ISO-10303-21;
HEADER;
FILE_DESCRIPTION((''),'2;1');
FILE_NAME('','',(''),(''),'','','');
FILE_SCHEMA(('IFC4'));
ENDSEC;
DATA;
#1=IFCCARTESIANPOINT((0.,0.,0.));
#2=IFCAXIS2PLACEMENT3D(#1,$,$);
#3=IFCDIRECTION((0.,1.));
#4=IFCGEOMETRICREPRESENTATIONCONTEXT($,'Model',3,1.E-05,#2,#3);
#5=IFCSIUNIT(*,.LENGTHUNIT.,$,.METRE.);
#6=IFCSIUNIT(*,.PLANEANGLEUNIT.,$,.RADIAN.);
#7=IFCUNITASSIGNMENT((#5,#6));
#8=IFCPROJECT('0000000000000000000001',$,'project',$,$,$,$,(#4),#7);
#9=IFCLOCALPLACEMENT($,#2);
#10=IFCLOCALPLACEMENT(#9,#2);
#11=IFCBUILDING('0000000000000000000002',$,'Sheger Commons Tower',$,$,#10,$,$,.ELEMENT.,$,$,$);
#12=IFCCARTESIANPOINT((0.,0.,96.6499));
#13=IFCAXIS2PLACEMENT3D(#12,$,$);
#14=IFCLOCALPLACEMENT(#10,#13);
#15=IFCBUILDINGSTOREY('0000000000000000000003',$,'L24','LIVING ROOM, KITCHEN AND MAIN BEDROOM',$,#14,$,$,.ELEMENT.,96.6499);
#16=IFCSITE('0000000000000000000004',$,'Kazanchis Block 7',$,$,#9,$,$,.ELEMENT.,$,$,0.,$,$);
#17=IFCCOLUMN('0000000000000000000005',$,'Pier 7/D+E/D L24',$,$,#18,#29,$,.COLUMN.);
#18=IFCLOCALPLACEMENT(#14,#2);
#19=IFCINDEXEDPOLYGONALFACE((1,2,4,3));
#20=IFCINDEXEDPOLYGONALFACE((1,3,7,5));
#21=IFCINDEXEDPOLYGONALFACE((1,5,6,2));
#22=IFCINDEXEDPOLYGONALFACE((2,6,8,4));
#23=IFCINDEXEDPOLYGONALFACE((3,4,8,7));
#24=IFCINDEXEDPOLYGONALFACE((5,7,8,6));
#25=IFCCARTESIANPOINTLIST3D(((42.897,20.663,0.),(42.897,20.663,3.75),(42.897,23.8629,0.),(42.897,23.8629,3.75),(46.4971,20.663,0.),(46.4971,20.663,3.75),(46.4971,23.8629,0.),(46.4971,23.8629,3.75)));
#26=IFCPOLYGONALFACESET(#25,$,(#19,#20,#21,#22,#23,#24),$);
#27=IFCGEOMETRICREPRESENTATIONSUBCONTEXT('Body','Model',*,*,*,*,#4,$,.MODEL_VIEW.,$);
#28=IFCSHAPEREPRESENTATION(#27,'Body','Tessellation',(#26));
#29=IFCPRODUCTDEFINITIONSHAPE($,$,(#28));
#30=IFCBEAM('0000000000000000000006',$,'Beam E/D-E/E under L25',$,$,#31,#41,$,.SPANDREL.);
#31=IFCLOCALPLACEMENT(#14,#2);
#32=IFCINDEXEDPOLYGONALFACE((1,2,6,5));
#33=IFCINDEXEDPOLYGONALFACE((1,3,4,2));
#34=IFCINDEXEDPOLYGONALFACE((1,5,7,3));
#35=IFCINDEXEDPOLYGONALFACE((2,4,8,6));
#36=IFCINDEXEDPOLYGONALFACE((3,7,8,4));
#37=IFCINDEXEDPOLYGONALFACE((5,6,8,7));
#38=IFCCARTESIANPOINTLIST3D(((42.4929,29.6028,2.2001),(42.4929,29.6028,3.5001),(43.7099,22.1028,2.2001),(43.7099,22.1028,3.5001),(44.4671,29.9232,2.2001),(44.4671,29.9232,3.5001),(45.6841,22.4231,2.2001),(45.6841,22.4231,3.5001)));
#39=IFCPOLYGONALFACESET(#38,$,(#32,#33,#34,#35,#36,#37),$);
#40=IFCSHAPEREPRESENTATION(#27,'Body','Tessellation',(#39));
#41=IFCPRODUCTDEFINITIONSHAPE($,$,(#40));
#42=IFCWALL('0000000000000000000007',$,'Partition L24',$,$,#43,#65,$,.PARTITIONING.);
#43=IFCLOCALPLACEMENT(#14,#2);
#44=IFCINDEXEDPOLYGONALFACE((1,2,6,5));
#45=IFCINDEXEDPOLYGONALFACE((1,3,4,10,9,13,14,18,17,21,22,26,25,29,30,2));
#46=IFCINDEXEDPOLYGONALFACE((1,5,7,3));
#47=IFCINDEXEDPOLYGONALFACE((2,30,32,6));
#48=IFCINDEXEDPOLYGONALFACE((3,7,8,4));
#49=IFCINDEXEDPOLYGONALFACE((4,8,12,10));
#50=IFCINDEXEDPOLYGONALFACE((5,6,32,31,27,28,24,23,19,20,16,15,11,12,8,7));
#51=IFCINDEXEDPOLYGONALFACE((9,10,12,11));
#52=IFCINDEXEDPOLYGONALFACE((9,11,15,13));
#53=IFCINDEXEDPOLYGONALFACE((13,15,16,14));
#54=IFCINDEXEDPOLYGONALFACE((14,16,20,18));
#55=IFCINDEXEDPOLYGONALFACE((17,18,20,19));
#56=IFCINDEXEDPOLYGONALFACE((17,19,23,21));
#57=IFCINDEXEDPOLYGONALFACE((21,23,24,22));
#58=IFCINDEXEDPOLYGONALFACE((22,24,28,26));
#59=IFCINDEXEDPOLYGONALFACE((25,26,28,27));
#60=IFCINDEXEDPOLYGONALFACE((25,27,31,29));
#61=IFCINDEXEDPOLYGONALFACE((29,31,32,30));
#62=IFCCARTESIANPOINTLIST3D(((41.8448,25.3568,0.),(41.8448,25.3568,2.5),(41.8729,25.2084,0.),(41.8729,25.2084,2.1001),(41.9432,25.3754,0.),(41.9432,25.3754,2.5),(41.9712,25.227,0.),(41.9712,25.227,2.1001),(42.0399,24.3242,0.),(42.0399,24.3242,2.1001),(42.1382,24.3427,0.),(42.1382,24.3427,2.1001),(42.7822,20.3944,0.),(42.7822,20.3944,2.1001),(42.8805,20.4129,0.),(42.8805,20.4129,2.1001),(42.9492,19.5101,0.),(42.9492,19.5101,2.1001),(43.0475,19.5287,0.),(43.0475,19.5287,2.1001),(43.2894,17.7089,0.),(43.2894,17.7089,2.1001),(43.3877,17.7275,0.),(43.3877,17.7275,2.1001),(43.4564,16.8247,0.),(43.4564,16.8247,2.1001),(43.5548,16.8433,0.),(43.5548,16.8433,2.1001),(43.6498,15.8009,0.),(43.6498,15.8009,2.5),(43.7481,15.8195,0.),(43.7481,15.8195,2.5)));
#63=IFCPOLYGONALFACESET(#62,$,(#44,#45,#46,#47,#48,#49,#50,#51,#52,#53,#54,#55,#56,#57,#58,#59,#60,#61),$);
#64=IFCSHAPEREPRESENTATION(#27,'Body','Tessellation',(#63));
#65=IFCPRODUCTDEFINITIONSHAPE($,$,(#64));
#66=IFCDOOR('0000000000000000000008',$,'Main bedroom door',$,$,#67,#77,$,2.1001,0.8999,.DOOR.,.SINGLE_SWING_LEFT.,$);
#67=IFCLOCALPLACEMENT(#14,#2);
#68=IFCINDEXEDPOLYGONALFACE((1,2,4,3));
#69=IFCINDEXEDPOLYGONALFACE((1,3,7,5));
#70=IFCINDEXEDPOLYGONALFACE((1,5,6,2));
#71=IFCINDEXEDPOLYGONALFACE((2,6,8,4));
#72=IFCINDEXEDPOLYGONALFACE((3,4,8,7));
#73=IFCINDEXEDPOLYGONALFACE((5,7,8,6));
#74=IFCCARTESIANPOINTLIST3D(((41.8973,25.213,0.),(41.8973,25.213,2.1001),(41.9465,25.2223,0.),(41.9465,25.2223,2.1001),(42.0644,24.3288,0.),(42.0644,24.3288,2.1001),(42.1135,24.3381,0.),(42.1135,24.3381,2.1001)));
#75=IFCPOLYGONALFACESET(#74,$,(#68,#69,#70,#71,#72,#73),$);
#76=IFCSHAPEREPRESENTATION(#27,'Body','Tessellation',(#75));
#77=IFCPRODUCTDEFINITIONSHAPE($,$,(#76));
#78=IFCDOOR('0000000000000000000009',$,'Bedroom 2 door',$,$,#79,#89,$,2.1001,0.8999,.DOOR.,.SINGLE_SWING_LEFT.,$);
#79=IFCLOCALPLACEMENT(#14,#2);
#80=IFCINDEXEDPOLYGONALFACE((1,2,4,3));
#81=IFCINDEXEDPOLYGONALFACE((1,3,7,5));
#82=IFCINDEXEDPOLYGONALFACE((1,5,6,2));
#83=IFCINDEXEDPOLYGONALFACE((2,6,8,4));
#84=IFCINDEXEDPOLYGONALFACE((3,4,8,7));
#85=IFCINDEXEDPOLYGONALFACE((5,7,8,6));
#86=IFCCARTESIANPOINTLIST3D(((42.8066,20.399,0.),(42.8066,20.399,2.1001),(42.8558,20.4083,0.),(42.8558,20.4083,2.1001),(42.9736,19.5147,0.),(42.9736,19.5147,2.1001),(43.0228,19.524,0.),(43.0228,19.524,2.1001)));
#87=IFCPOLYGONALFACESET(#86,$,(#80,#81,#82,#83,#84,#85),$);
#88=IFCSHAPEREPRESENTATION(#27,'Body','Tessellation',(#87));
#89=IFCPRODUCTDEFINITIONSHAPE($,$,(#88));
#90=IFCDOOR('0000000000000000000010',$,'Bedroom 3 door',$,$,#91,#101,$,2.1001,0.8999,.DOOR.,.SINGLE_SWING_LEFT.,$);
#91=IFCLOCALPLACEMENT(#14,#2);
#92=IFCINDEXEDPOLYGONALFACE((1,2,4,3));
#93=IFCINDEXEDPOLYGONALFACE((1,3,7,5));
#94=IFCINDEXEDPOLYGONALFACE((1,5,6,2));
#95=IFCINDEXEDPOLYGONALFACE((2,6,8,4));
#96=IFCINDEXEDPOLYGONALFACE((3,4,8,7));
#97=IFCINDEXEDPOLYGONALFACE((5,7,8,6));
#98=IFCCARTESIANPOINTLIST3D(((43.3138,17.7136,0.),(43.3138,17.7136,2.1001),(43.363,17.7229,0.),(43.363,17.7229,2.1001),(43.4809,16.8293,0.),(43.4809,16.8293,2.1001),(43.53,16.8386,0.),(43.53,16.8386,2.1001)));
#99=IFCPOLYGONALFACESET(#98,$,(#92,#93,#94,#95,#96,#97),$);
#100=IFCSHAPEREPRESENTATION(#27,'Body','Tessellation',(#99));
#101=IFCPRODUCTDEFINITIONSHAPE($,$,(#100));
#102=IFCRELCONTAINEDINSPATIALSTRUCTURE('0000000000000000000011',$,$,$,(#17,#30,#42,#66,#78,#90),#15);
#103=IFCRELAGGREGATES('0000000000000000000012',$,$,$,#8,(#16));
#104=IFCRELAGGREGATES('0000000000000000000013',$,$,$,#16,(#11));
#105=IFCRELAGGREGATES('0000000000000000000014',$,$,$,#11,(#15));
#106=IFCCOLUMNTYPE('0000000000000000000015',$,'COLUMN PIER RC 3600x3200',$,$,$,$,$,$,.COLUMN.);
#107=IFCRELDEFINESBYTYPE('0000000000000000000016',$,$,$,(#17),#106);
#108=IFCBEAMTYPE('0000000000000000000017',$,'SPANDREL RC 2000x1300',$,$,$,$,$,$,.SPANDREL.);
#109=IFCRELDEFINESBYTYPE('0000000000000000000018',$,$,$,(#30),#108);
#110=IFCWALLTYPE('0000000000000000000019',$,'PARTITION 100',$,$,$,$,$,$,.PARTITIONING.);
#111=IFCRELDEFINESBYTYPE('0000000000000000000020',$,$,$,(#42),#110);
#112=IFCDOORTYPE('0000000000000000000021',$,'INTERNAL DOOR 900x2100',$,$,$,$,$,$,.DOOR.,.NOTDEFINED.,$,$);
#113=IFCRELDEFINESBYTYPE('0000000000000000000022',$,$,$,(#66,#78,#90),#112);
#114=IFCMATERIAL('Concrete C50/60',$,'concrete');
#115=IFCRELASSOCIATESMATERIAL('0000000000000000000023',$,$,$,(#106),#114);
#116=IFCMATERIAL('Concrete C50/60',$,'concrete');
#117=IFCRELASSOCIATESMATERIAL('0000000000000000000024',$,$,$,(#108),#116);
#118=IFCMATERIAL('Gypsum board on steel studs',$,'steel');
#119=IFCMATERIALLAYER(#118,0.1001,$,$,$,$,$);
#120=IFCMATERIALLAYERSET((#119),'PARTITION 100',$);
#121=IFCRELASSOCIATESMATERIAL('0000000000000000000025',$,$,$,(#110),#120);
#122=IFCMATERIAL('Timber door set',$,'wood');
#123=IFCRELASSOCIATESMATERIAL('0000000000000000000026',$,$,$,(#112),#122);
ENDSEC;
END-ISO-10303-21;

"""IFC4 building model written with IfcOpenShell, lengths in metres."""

from ifc_helpers import new_model, si_unit, direction, frame, frame_2d, origin, origin_2d, place, context, subcontext, project, spatial, rectangle, extrude, material, layer, layer_set, material_profile, profile_set, type_object, element, fill, save


model = new_model("IFC4")

# Units and contexts
model_context = context("Model", 3, precision=1e-05, world=origin(), true_north=direction((0.0, 1.0)))
body_context = subcontext(model_context, "Body", "Model", "MODEL_VIEW")
ifc_project = project(units=[si_unit("LENGTHUNIT", "METRE"), si_unit("PLANEANGLEUNIT", "RADIAN")], contexts=[model_context])

# Site, building, storey
site_placement = place(None, origin())
site = spatial("IfcSite", under=ifc_project, at=site_placement, Name="Kazanchis Block 7", CompositionType="ELEMENT", RefElevation=0.0)
building_placement = place(site_placement, origin())
building = spatial("IfcBuilding", under=site, at=building_placement, Name="Sheger Commons Tower", CompositionType="ELEMENT")
storey_placement = place(building_placement, frame((0.0, 0.0, 96.6499)))
storey = spatial("IfcBuildingStorey", under=building, at=storey_placement, Name="L24", Description="LIVING ROOM, KITCHEN AND MAIN BEDROOM", CompositionType="ELEMENT", Elevation=96.6499)

# Column
ifc_material_1 = material(Name="Concrete C50/60", Category="concrete")
ifc_material_profile_1 = material_profile(ifc_material_1, rectangle(XDim=3.6001, YDim=3.2, at=origin_2d()), Name="RC 3600x3200")
ifc_profile_set_1 = profile_set([ifc_material_profile_1], Name="Concrete C50/60")
column_type = type_object("IfcColumnType", Name="COLUMN PIER RC 3600x3200", PredefinedType="COLUMN", material=ifc_profile_set_1)
column_placement = place(storey_placement, frame((44.697, 22.2629, 0.0), z_axis=(0.0, 0.0, 1.0), x_axis=(1.0, 0.0, 0.0)))
element("IfcColumn", 1, at=column_placement, inside=storey, type_object=column_type, Name="Pier 7/D+E/D L24", PredefinedType="COLUMN", context=body_context, shape_type="SweptSolid", body=[
    extrude(rectangle(XDim=3.6001, YDim=3.2, at=origin_2d()), origin(), (0.0, 0.0, 1.0), 3.75),
])

# Beam
ifc_material_2 = material(Name="Concrete C50/60", Category="concrete")
ifc_material_profile_2 = material_profile(ifc_material_2, rectangle(XDim=2.0, YDim=1.3, at=origin_2d()), Name="RC 2000x1300")
ifc_profile_set_2 = profile_set([ifc_material_profile_2], Name="Concrete C50/60")
beam_type = type_object("IfcBeamType", Name="SPANDREL RC 2000x1300", PredefinedType="SPANDREL", material=ifc_profile_set_2)
beam_placement = place(storey_placement, frame((44.697, 22.2629, 2.8501), z_axis=(-0.160177, 0.987088, 0.0), x_axis=(-0.987088, -0.160177, 0.0)))
element("IfcBeam", 2, at=beam_placement, inside=storey, type_object=beam_type, Name="Beam E/D-E/E under L25", PredefinedType="SPANDREL", context=body_context, shape_type="SweptSolid", body=[
    extrude(rectangle(XDim=2.0, YDim=1.3, at=origin_2d()), origin(), (0.0, 0.0, 1.0), 7.5981),
])

# Wall, openings, doors
ifc_material_3 = material(Name="Gypsum board on steel studs", Category="steel")
ifc_layer = layer(ifc_material_3, 0.1001)
ifc_layer_set = layer_set([ifc_layer], Name="PARTITION 100")
wall_type = type_object("IfcWallType", Name="PARTITION 100", PredefinedType="PARTITIONING", material=ifc_layer_set)
wall_1_placement = place(storey_placement, frame((41.894, 25.366, 0.0), z_axis=(0.0, 0.0, 1.0), x_axis=(0.1856, -0.982625, 0.0)))
wall_1 = element("IfcWall", 3, at=wall_1_placement, inside=storey, type_object=wall_type, Name="Partition L24", PredefinedType="PARTITIONING", context=body_context, shape_type="SweptSolid", body=[
    extrude(rectangle(XDim=9.7249, YDim=0.1001, at=frame_2d((4.8623, 0.0))), origin(), (0.0, 0.0, 1.0), 2.5),
])
opening_1_placement = place(wall_1_placement, frame((0.1509, 0.0, 0.0)))
opening_1 = element("IfcOpeningElement", 4, at=opening_1_placement, cuts=wall_1, PredefinedType="OPENING", context=body_context, shape_type="SweptSolid", body=[
    extrude(rectangle(XDim=0.8999, YDim=2.1001, at=frame_2d((0.45, 1.05))), frame((0.0, 0.0601, 0.0), z_axis=(0.0, -1.0, 0.0), x_axis=(1.0, 0.0, 0.0)), (0.0, 0.0, 1.0), 0.1201),
])
opening_2_placement = place(wall_1_placement, frame((5.05, 0.0, 0.0)))
opening_2 = element("IfcOpeningElement", 5, at=opening_2_placement, cuts=wall_1, PredefinedType="OPENING", context=body_context, shape_type="SweptSolid", body=[
    extrude(rectangle(XDim=0.8999, YDim=2.1001, at=frame_2d((0.45, 1.05))), frame((0.0, 0.0601, 0.0), z_axis=(0.0, -1.0, 0.0), x_axis=(1.0, 0.0, 0.0)), (0.0, 0.0, 1.0), 0.1201),
])
opening_3_placement = place(wall_1_placement, frame((7.783, 0.0, 0.0)))
opening_3 = element("IfcOpeningElement", 6, at=opening_3_placement, cuts=wall_1, PredefinedType="OPENING", context=body_context, shape_type="SweptSolid", body=[
    extrude(rectangle(XDim=0.8999, YDim=2.1001, at=frame_2d((0.45, 1.05))), frame((0.0, 0.0601, 0.0), z_axis=(0.0, -1.0, 0.0), x_axis=(1.0, 0.0, 0.0)), (0.0, 0.0, 1.0), 0.1201),
])
ifc_material_4 = material(Name="Timber door set", Category="wood")
door_type = type_object("IfcDoorType", Name="INTERNAL DOOR 900x2100", OperationType="NOTDEFINED", PredefinedType="DOOR", material=ifc_material_4)
door_1_placement = place(opening_1_placement, origin())
door_1 = element("IfcDoor", 7, at=door_1_placement, inside=storey, type_object=door_type, Name="Main bedroom door", OperationType="SINGLE_SWING_LEFT", OverallHeight=2.1001, OverallWidth=0.8999, PredefinedType="DOOR", context=body_context, shape_type="SweptSolid", body=[
    extrude(rectangle(XDim=0.8999, YDim=2.1001, at=frame_2d((0.45, 1.05))), frame((0.0, 0.0249, 0.0), z_axis=(0.0, -1.0, 0.0), x_axis=(1.0, 0.0, 0.0)), (0.0, 0.0, 1.0), 0.05),
])
fill(opening_1, door_1)
door_2_placement = place(opening_2_placement, origin())
door_2 = element("IfcDoor", 8, at=door_2_placement, inside=storey, type_object=door_type, Name="Bedroom 2 door", OperationType="SINGLE_SWING_LEFT", OverallHeight=2.1001, OverallWidth=0.8999, PredefinedType="DOOR", context=body_context, shape_type="SweptSolid", body=[
    extrude(rectangle(XDim=0.8999, YDim=2.1001, at=frame_2d((0.45, 1.05))), frame((0.0, 0.0249, 0.0), z_axis=(0.0, -1.0, 0.0), x_axis=(1.0, 0.0, 0.0)), (0.0, 0.0, 1.0), 0.05),
])
fill(opening_2, door_2)
door_3_placement = place(opening_3_placement, origin())
door_3 = element("IfcDoor", 9, at=door_3_placement, inside=storey, type_object=door_type, Name="Bedroom 3 door", OperationType="SINGLE_SWING_LEFT", OverallHeight=2.1001, OverallWidth=0.8999, PredefinedType="DOOR", context=body_context, shape_type="SweptSolid", body=[
    extrude(rectangle(XDim=0.8999, YDim=2.1001, at=frame_2d((0.45, 1.05))), frame((0.0, 0.0249, 0.0), z_axis=(0.0, -1.0, 0.0), x_axis=(1.0, 0.0, 0.0)), (0.0, 0.0, 1.0), 0.05),
])
fill(opening_3, door_3)

save(model, "model.ifc")
